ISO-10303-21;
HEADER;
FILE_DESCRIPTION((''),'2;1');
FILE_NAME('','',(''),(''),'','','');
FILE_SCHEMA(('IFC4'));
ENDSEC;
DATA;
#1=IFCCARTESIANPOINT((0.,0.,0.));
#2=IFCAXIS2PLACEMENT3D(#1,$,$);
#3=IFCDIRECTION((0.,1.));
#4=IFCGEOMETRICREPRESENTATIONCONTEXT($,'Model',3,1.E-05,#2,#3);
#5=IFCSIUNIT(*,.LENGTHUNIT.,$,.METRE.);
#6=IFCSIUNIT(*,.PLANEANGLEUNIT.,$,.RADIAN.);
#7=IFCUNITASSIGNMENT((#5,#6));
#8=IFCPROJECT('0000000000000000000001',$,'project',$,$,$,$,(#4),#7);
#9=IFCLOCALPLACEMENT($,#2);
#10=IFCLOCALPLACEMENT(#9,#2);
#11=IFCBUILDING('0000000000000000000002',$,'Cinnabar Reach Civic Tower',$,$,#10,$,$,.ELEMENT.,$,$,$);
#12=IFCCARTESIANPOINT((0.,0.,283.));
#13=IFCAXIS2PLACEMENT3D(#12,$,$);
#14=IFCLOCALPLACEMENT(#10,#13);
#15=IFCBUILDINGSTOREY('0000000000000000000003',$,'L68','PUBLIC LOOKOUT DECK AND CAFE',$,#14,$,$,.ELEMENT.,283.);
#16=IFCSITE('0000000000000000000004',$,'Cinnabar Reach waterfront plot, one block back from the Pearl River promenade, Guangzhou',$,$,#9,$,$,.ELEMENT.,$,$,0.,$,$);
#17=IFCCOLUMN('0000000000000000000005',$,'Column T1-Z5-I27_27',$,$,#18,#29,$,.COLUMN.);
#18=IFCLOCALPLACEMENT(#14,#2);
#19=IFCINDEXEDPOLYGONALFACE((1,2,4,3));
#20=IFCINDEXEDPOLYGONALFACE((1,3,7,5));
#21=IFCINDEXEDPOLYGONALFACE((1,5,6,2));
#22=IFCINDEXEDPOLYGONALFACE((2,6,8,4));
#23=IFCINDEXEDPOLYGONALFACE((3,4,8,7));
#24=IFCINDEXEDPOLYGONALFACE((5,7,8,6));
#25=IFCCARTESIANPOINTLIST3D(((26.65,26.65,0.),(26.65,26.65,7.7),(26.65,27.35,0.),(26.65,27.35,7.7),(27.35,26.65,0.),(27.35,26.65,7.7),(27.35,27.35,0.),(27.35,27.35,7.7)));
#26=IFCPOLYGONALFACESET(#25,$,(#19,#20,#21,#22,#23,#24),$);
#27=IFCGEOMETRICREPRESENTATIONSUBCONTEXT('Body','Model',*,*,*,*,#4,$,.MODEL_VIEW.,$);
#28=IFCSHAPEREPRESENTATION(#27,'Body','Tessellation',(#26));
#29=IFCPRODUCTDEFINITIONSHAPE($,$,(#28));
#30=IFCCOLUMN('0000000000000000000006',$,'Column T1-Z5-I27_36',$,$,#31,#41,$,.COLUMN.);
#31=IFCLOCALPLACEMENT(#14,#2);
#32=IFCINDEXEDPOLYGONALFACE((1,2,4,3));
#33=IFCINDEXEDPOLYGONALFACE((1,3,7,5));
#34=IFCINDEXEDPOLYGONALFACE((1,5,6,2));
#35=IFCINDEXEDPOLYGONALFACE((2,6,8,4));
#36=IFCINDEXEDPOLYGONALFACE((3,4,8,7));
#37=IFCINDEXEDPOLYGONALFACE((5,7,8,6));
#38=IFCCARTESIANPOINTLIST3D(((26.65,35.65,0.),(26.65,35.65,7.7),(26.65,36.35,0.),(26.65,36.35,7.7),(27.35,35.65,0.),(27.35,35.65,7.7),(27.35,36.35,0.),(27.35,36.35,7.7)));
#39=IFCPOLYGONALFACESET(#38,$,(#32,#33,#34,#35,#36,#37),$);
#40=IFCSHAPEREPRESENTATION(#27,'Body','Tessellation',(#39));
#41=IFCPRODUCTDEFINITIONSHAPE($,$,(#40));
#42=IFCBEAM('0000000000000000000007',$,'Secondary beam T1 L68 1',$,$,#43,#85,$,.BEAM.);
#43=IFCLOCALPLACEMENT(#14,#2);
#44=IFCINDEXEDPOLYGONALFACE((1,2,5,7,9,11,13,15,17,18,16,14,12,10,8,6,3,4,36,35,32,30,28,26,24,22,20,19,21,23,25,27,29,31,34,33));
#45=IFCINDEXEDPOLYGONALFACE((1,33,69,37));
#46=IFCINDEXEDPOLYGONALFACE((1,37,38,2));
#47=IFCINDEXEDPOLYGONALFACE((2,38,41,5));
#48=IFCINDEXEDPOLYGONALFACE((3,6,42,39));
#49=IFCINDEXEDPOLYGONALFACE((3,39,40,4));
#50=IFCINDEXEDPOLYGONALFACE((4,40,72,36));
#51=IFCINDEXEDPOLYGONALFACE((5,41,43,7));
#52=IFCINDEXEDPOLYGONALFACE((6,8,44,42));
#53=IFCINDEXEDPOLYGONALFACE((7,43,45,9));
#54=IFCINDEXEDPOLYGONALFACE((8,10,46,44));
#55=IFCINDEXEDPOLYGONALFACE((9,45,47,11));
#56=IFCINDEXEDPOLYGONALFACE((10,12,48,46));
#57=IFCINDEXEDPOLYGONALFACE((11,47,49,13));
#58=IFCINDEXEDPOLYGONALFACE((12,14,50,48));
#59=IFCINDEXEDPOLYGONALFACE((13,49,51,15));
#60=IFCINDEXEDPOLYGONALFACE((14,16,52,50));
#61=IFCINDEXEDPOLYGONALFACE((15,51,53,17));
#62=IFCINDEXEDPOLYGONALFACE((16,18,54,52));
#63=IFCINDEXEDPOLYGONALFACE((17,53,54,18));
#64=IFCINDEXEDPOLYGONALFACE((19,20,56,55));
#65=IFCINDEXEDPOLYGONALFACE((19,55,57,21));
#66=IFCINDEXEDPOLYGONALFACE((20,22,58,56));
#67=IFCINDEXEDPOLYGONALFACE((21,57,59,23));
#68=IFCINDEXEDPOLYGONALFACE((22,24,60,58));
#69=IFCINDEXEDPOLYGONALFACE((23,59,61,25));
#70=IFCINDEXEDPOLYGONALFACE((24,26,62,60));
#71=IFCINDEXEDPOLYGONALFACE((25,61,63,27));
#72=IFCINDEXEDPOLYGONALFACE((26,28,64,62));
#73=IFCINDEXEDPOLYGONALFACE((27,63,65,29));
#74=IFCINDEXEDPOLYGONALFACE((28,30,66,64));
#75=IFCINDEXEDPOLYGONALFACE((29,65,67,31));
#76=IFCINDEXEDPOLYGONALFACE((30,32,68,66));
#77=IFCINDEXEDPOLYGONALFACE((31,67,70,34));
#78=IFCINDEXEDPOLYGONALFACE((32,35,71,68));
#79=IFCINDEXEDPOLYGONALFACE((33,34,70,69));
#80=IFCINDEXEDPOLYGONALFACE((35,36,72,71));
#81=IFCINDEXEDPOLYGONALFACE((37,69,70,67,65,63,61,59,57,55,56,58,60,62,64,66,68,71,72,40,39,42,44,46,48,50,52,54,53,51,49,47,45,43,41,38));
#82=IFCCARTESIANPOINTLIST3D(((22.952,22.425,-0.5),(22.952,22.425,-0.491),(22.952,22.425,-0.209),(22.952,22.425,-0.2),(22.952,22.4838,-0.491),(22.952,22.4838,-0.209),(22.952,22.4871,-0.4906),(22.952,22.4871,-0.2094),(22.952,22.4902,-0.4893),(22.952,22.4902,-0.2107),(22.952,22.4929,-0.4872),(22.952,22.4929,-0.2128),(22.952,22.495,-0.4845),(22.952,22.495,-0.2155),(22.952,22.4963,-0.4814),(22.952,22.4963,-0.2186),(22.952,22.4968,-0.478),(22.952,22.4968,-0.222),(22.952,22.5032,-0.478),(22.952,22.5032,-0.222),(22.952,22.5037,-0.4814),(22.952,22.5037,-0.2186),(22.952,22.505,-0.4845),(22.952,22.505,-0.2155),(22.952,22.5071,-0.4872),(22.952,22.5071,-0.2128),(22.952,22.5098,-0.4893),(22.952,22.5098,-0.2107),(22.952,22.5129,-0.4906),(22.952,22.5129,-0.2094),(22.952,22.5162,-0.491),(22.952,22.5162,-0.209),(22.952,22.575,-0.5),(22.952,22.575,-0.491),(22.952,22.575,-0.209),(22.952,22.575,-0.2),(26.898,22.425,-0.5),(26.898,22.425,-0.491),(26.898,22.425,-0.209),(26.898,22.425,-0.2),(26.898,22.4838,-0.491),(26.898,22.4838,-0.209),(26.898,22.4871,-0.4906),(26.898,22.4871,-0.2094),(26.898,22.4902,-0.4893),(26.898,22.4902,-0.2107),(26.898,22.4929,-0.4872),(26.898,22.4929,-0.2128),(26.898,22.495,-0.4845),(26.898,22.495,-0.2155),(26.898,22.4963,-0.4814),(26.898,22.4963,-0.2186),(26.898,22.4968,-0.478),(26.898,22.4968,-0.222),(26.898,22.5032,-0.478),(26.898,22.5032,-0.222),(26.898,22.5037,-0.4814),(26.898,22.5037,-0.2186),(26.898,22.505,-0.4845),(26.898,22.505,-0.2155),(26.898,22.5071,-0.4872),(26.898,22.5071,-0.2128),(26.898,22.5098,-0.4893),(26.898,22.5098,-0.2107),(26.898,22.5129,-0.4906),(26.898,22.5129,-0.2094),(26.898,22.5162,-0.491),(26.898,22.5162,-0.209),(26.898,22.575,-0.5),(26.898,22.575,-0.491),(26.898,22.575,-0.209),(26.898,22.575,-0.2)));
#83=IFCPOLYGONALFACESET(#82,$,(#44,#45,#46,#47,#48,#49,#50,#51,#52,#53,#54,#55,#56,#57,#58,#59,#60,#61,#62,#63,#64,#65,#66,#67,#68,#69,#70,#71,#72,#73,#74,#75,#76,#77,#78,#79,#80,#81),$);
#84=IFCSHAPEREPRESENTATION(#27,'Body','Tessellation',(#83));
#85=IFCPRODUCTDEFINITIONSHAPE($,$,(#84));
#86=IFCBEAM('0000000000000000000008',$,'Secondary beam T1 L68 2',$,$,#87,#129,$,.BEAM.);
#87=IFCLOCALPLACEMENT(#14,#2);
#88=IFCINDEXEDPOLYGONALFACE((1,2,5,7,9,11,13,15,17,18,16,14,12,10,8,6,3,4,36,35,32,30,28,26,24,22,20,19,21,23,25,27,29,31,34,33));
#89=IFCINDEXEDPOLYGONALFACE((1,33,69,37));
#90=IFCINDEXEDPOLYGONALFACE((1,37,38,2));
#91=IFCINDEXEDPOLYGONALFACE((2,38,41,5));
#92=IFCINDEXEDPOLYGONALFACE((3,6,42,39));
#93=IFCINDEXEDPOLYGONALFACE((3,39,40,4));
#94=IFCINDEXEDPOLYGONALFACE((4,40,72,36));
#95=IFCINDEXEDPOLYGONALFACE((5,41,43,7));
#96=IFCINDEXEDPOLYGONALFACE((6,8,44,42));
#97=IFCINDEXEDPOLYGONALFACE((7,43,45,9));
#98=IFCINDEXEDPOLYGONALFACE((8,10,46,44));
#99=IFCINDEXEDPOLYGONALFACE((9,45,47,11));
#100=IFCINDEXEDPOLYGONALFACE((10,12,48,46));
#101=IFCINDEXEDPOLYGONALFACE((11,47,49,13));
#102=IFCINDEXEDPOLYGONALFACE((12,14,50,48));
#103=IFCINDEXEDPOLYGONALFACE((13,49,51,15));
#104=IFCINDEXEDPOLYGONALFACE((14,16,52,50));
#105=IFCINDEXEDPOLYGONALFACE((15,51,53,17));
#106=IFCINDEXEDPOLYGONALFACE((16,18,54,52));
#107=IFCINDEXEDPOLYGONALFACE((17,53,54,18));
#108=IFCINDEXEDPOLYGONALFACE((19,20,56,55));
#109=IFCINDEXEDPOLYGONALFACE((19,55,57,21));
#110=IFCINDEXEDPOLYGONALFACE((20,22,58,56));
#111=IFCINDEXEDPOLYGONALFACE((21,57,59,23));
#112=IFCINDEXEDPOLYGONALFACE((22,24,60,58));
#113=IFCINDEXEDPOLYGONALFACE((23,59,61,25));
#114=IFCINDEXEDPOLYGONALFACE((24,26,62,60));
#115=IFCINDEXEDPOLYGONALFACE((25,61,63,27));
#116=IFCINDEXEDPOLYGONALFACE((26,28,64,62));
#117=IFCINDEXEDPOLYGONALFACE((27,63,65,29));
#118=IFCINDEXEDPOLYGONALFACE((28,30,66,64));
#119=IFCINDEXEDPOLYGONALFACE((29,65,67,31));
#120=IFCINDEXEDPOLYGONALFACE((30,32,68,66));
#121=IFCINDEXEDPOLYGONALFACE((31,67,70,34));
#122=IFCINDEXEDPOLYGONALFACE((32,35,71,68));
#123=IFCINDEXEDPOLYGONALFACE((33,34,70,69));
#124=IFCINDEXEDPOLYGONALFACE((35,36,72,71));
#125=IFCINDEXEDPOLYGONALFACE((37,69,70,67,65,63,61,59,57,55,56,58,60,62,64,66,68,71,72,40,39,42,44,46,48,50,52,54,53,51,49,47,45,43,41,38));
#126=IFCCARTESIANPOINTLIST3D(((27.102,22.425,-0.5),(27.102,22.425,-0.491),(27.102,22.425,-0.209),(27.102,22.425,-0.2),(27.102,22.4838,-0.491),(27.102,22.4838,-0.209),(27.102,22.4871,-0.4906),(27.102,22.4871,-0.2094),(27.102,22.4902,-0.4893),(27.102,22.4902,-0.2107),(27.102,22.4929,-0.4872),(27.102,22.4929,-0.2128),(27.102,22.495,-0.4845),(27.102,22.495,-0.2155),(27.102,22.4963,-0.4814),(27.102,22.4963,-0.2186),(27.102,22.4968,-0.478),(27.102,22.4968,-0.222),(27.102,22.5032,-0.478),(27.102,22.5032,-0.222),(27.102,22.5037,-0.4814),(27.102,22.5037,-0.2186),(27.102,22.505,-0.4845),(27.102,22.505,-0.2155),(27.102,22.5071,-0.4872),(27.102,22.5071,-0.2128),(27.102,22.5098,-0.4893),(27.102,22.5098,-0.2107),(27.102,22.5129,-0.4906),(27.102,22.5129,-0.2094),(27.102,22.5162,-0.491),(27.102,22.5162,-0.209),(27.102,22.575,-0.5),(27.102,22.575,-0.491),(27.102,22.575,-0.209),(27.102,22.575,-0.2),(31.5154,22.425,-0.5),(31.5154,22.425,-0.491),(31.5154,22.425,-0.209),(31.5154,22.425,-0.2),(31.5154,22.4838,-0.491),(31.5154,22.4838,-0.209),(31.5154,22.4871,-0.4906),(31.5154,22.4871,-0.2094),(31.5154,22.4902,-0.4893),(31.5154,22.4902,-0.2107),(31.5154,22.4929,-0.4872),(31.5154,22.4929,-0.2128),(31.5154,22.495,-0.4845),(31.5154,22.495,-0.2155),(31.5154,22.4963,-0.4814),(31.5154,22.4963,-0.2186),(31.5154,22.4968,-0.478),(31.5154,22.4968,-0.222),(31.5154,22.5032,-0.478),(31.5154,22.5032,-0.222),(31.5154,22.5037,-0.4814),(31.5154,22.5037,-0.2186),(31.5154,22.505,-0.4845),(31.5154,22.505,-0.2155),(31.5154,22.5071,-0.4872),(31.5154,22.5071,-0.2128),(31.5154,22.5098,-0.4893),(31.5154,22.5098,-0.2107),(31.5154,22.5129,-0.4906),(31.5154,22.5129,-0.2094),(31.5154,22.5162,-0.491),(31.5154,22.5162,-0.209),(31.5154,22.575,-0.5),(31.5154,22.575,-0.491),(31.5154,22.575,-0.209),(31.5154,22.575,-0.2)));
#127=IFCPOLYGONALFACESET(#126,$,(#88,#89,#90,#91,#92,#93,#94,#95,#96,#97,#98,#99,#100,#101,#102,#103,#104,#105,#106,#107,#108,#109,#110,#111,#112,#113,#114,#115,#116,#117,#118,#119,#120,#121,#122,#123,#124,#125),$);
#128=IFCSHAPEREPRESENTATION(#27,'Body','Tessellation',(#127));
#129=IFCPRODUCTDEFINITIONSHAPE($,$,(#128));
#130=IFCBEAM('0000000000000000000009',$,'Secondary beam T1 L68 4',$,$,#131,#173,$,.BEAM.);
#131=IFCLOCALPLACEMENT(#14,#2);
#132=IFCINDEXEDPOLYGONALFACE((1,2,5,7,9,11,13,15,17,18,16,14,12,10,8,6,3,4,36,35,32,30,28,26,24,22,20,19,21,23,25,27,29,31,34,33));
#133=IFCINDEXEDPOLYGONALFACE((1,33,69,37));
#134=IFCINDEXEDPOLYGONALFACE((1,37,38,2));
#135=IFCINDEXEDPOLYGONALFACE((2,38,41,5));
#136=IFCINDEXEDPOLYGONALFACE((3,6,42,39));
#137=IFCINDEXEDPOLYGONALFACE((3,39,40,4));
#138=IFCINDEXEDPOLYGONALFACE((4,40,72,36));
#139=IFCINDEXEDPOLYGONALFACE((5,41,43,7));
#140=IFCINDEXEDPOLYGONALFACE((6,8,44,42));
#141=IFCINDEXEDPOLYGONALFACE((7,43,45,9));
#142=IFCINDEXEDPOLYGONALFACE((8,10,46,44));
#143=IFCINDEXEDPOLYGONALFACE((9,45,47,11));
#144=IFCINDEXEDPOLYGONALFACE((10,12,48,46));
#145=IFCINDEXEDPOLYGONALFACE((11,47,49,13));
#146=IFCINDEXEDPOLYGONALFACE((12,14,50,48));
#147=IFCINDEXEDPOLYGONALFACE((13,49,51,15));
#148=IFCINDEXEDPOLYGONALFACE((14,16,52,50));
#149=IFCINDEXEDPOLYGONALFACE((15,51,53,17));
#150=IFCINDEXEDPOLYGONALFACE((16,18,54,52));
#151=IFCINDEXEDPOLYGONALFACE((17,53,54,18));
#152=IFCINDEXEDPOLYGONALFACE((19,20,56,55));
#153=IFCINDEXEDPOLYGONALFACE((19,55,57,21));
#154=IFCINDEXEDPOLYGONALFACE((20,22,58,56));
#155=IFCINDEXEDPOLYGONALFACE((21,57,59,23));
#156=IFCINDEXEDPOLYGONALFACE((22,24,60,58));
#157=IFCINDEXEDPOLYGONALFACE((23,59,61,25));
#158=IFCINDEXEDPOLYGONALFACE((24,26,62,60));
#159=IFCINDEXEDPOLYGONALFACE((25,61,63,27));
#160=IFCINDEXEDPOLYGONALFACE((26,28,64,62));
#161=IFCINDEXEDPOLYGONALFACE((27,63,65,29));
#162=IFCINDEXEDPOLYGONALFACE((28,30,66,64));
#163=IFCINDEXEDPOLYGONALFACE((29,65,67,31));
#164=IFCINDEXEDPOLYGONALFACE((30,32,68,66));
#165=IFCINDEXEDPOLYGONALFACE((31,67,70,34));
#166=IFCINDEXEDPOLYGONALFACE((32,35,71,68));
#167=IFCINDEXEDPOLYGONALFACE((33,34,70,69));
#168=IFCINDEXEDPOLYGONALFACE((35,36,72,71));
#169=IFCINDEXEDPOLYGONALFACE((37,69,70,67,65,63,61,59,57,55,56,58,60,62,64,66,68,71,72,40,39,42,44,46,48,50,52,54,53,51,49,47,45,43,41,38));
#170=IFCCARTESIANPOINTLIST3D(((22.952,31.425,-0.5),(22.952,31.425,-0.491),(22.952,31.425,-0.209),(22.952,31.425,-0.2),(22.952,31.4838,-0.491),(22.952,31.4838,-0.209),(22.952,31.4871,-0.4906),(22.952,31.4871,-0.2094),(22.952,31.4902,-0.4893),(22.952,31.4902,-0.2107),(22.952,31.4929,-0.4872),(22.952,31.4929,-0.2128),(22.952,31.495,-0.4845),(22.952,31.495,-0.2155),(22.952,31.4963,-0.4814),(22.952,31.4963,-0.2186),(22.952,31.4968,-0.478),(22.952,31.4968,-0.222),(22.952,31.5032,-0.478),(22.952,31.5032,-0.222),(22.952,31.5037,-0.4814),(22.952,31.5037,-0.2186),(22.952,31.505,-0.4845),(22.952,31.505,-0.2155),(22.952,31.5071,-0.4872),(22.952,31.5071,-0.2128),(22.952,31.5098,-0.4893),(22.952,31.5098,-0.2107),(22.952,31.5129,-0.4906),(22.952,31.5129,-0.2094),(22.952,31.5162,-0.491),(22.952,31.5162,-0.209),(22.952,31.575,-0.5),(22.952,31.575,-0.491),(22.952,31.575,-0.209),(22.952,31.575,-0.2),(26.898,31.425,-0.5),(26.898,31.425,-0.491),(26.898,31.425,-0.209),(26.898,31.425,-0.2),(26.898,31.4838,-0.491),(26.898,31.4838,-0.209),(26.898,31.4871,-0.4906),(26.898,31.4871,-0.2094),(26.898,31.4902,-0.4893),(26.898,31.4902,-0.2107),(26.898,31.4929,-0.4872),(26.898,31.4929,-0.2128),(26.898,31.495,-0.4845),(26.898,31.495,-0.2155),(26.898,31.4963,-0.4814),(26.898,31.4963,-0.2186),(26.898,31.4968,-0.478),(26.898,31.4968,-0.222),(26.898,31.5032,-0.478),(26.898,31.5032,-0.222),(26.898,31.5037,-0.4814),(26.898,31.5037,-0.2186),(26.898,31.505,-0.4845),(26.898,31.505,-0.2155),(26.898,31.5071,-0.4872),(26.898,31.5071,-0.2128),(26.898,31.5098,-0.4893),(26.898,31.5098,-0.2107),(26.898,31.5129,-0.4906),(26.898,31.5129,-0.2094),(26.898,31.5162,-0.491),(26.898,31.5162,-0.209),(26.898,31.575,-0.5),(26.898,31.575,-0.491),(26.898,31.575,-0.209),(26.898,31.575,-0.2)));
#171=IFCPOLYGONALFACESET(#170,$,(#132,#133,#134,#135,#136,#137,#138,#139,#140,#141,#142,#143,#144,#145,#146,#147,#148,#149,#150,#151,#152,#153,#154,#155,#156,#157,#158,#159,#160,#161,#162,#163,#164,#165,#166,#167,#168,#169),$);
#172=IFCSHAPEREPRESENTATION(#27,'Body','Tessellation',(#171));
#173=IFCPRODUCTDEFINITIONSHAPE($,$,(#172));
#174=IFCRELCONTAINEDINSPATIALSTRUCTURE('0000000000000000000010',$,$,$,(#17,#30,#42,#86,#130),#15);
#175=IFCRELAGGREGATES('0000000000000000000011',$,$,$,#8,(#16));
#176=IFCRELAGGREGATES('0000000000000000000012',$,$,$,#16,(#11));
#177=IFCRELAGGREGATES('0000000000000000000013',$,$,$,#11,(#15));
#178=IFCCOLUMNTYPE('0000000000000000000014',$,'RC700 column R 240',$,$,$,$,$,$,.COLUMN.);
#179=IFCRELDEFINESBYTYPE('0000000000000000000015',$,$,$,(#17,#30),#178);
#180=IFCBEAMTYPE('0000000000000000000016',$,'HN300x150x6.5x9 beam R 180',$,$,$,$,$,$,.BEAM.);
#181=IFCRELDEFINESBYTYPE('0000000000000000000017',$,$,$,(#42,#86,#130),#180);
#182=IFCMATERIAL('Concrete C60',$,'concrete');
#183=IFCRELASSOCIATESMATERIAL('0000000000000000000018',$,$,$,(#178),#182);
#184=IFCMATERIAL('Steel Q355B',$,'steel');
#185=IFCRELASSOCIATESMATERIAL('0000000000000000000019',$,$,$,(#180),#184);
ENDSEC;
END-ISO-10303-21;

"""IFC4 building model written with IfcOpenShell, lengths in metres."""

from ifc_helpers import new_model, si_unit, direction, frame, origin, origin_2d, place, context, subcontext, project, spatial, rectangle, i_section, extrude, material, material_profile, profile_set, type_object, element, save


model = new_model("IFC4")

# Units and contexts
model_context = context("Model", 3, precision=1e-05, world=origin(), true_north=direction((0.0, 1.0)))
body_context = subcontext(model_context, "Body", "Model", "MODEL_VIEW")
ifc_project = project(units=[si_unit("LENGTHUNIT", "METRE"), si_unit("PLANEANGLEUNIT", "RADIAN")], contexts=[model_context])

# Site, building, storey
site_placement = place(None, origin())
site = spatial("IfcSite", under=ifc_project, at=site_placement, Name="Cinnabar Reach waterfront plot, one block back from the Pearl River promenade, Guangzhou", CompositionType="ELEMENT", RefElevation=0.0)
building_placement = place(site_placement, origin())
building = spatial("IfcBuilding", under=site, at=building_placement, Name="Cinnabar Reach Civic Tower", CompositionType="ELEMENT")
storey_placement = place(building_placement, frame((0.0, 0.0, 283.0)))
storey = spatial("IfcBuildingStorey", under=building, at=storey_placement, Name="L68", Description="PUBLIC LOOKOUT DECK AND CAFE", CompositionType="ELEMENT", Elevation=283.0)

# Columns
ifc_material_1 = material(Name="Concrete C60", Category="concrete")
ifc_material_profile_1 = material_profile(ifc_material_1, rectangle(XDim=0.7, YDim=0.7, at=origin_2d()), Name="RC700")
ifc_profile_set_1 = profile_set([ifc_material_profile_1], Name="Concrete C60")
column_type = type_object("IfcColumnType", Name="RC700 column R 240", PredefinedType="COLUMN", material=ifc_profile_set_1)
for number, where, z_axis, x_axis, name in (
    (1, (27.0, 27.0, 0.0), (0.0, 0.0, 1.0), (1.0, 0.0, 0.0), "Column T1-Z5-I27_27"),
    (2, (27.0, 36.0, 0.0), (0.0, 0.0, 1.0), (1.0, 0.0, 0.0), "Column T1-Z5-I27_36"),
):
    element("IfcColumn", number, at=place(storey_placement, frame(where, z_axis=z_axis, x_axis=x_axis)), inside=storey, type_object=column_type, Name=name, PredefinedType="COLUMN", context=body_context, shape_type="SweptSolid", body=[
        extrude(rectangle(XDim=0.7, YDim=0.7, at=origin_2d()), origin(), (0.0, 0.0, 1.0), 7.7),
    ])

# Beams
ifc_material_2 = material(Name="Steel Q355B", Category="steel")
ifc_material_profile_2 = material_profile(ifc_material_2, i_section(OverallWidth=0.15, OverallDepth=0.3, WebThickness=0.0065, FlangeThickness=0.009, FilletRadius=0.013, at=origin_2d()), Name="HN300x150x6.5x9")
ifc_profile_set_2 = profile_set([ifc_material_profile_2], Name="Steel Q355B")
beam_type_1 = type_object("IfcBeamType", Name="HN300x150x6.5x9 beam R 180", PredefinedType="BEAM", material=ifc_profile_set_2)
beam_1_placement = place(storey_placement, frame((22.952, 22.5, -0.35), z_axis=(1.0, 0.0, 0.0), x_axis=(0.0, 1.0, 0.0)))
element("IfcBeam", 3, at=beam_1_placement, inside=storey, type_object=beam_type_1, Name="Secondary beam T1 L68 1", PredefinedType="BEAM", context=body_context, shape_type="SweptSolid", body=[
    extrude(i_section(OverallWidth=0.15, OverallDepth=0.3, WebThickness=0.0065, FlangeThickness=0.009, FilletRadius=0.013, at=origin_2d()), origin(), (0.0, 0.0, 1.0), 3.946),
])
beam_2_placement = place(storey_placement, frame((27.102, 22.5, -0.35), z_axis=(1.0, 0.0, 0.0), x_axis=(0.0, 1.0, 0.0)))
element("IfcBeam", 4, at=beam_2_placement, inside=storey, type_object=beam_type_1, Name="Secondary beam T1 L68 2", PredefinedType="BEAM", context=body_context, shape_type="SweptSolid", body=[
    extrude(i_section(OverallWidth=0.15, OverallDepth=0.3, WebThickness=0.0065, FlangeThickness=0.009, FilletRadius=0.013, at=origin_2d()), origin(), (0.0, 0.0, 1.0), 4.4134),
])
beam_3_placement = place(storey_placement, frame((22.952, 31.5, -0.35), z_axis=(1.0, 0.0, 0.0), x_axis=(0.0, 1.0, 0.0)))
element("IfcBeam", 5, at=beam_3_placement, inside=storey, type_object=beam_type_1, Name="Secondary beam T1 L68 4", PredefinedType="BEAM", context=body_context, shape_type="SweptSolid", body=[
    extrude(i_section(OverallWidth=0.15, OverallDepth=0.3, WebThickness=0.0065, FlangeThickness=0.009, FilletRadius=0.013, at=origin_2d()), origin(), (0.0, 0.0, 1.0), 3.946),
])

save(model, "model.ifc")
